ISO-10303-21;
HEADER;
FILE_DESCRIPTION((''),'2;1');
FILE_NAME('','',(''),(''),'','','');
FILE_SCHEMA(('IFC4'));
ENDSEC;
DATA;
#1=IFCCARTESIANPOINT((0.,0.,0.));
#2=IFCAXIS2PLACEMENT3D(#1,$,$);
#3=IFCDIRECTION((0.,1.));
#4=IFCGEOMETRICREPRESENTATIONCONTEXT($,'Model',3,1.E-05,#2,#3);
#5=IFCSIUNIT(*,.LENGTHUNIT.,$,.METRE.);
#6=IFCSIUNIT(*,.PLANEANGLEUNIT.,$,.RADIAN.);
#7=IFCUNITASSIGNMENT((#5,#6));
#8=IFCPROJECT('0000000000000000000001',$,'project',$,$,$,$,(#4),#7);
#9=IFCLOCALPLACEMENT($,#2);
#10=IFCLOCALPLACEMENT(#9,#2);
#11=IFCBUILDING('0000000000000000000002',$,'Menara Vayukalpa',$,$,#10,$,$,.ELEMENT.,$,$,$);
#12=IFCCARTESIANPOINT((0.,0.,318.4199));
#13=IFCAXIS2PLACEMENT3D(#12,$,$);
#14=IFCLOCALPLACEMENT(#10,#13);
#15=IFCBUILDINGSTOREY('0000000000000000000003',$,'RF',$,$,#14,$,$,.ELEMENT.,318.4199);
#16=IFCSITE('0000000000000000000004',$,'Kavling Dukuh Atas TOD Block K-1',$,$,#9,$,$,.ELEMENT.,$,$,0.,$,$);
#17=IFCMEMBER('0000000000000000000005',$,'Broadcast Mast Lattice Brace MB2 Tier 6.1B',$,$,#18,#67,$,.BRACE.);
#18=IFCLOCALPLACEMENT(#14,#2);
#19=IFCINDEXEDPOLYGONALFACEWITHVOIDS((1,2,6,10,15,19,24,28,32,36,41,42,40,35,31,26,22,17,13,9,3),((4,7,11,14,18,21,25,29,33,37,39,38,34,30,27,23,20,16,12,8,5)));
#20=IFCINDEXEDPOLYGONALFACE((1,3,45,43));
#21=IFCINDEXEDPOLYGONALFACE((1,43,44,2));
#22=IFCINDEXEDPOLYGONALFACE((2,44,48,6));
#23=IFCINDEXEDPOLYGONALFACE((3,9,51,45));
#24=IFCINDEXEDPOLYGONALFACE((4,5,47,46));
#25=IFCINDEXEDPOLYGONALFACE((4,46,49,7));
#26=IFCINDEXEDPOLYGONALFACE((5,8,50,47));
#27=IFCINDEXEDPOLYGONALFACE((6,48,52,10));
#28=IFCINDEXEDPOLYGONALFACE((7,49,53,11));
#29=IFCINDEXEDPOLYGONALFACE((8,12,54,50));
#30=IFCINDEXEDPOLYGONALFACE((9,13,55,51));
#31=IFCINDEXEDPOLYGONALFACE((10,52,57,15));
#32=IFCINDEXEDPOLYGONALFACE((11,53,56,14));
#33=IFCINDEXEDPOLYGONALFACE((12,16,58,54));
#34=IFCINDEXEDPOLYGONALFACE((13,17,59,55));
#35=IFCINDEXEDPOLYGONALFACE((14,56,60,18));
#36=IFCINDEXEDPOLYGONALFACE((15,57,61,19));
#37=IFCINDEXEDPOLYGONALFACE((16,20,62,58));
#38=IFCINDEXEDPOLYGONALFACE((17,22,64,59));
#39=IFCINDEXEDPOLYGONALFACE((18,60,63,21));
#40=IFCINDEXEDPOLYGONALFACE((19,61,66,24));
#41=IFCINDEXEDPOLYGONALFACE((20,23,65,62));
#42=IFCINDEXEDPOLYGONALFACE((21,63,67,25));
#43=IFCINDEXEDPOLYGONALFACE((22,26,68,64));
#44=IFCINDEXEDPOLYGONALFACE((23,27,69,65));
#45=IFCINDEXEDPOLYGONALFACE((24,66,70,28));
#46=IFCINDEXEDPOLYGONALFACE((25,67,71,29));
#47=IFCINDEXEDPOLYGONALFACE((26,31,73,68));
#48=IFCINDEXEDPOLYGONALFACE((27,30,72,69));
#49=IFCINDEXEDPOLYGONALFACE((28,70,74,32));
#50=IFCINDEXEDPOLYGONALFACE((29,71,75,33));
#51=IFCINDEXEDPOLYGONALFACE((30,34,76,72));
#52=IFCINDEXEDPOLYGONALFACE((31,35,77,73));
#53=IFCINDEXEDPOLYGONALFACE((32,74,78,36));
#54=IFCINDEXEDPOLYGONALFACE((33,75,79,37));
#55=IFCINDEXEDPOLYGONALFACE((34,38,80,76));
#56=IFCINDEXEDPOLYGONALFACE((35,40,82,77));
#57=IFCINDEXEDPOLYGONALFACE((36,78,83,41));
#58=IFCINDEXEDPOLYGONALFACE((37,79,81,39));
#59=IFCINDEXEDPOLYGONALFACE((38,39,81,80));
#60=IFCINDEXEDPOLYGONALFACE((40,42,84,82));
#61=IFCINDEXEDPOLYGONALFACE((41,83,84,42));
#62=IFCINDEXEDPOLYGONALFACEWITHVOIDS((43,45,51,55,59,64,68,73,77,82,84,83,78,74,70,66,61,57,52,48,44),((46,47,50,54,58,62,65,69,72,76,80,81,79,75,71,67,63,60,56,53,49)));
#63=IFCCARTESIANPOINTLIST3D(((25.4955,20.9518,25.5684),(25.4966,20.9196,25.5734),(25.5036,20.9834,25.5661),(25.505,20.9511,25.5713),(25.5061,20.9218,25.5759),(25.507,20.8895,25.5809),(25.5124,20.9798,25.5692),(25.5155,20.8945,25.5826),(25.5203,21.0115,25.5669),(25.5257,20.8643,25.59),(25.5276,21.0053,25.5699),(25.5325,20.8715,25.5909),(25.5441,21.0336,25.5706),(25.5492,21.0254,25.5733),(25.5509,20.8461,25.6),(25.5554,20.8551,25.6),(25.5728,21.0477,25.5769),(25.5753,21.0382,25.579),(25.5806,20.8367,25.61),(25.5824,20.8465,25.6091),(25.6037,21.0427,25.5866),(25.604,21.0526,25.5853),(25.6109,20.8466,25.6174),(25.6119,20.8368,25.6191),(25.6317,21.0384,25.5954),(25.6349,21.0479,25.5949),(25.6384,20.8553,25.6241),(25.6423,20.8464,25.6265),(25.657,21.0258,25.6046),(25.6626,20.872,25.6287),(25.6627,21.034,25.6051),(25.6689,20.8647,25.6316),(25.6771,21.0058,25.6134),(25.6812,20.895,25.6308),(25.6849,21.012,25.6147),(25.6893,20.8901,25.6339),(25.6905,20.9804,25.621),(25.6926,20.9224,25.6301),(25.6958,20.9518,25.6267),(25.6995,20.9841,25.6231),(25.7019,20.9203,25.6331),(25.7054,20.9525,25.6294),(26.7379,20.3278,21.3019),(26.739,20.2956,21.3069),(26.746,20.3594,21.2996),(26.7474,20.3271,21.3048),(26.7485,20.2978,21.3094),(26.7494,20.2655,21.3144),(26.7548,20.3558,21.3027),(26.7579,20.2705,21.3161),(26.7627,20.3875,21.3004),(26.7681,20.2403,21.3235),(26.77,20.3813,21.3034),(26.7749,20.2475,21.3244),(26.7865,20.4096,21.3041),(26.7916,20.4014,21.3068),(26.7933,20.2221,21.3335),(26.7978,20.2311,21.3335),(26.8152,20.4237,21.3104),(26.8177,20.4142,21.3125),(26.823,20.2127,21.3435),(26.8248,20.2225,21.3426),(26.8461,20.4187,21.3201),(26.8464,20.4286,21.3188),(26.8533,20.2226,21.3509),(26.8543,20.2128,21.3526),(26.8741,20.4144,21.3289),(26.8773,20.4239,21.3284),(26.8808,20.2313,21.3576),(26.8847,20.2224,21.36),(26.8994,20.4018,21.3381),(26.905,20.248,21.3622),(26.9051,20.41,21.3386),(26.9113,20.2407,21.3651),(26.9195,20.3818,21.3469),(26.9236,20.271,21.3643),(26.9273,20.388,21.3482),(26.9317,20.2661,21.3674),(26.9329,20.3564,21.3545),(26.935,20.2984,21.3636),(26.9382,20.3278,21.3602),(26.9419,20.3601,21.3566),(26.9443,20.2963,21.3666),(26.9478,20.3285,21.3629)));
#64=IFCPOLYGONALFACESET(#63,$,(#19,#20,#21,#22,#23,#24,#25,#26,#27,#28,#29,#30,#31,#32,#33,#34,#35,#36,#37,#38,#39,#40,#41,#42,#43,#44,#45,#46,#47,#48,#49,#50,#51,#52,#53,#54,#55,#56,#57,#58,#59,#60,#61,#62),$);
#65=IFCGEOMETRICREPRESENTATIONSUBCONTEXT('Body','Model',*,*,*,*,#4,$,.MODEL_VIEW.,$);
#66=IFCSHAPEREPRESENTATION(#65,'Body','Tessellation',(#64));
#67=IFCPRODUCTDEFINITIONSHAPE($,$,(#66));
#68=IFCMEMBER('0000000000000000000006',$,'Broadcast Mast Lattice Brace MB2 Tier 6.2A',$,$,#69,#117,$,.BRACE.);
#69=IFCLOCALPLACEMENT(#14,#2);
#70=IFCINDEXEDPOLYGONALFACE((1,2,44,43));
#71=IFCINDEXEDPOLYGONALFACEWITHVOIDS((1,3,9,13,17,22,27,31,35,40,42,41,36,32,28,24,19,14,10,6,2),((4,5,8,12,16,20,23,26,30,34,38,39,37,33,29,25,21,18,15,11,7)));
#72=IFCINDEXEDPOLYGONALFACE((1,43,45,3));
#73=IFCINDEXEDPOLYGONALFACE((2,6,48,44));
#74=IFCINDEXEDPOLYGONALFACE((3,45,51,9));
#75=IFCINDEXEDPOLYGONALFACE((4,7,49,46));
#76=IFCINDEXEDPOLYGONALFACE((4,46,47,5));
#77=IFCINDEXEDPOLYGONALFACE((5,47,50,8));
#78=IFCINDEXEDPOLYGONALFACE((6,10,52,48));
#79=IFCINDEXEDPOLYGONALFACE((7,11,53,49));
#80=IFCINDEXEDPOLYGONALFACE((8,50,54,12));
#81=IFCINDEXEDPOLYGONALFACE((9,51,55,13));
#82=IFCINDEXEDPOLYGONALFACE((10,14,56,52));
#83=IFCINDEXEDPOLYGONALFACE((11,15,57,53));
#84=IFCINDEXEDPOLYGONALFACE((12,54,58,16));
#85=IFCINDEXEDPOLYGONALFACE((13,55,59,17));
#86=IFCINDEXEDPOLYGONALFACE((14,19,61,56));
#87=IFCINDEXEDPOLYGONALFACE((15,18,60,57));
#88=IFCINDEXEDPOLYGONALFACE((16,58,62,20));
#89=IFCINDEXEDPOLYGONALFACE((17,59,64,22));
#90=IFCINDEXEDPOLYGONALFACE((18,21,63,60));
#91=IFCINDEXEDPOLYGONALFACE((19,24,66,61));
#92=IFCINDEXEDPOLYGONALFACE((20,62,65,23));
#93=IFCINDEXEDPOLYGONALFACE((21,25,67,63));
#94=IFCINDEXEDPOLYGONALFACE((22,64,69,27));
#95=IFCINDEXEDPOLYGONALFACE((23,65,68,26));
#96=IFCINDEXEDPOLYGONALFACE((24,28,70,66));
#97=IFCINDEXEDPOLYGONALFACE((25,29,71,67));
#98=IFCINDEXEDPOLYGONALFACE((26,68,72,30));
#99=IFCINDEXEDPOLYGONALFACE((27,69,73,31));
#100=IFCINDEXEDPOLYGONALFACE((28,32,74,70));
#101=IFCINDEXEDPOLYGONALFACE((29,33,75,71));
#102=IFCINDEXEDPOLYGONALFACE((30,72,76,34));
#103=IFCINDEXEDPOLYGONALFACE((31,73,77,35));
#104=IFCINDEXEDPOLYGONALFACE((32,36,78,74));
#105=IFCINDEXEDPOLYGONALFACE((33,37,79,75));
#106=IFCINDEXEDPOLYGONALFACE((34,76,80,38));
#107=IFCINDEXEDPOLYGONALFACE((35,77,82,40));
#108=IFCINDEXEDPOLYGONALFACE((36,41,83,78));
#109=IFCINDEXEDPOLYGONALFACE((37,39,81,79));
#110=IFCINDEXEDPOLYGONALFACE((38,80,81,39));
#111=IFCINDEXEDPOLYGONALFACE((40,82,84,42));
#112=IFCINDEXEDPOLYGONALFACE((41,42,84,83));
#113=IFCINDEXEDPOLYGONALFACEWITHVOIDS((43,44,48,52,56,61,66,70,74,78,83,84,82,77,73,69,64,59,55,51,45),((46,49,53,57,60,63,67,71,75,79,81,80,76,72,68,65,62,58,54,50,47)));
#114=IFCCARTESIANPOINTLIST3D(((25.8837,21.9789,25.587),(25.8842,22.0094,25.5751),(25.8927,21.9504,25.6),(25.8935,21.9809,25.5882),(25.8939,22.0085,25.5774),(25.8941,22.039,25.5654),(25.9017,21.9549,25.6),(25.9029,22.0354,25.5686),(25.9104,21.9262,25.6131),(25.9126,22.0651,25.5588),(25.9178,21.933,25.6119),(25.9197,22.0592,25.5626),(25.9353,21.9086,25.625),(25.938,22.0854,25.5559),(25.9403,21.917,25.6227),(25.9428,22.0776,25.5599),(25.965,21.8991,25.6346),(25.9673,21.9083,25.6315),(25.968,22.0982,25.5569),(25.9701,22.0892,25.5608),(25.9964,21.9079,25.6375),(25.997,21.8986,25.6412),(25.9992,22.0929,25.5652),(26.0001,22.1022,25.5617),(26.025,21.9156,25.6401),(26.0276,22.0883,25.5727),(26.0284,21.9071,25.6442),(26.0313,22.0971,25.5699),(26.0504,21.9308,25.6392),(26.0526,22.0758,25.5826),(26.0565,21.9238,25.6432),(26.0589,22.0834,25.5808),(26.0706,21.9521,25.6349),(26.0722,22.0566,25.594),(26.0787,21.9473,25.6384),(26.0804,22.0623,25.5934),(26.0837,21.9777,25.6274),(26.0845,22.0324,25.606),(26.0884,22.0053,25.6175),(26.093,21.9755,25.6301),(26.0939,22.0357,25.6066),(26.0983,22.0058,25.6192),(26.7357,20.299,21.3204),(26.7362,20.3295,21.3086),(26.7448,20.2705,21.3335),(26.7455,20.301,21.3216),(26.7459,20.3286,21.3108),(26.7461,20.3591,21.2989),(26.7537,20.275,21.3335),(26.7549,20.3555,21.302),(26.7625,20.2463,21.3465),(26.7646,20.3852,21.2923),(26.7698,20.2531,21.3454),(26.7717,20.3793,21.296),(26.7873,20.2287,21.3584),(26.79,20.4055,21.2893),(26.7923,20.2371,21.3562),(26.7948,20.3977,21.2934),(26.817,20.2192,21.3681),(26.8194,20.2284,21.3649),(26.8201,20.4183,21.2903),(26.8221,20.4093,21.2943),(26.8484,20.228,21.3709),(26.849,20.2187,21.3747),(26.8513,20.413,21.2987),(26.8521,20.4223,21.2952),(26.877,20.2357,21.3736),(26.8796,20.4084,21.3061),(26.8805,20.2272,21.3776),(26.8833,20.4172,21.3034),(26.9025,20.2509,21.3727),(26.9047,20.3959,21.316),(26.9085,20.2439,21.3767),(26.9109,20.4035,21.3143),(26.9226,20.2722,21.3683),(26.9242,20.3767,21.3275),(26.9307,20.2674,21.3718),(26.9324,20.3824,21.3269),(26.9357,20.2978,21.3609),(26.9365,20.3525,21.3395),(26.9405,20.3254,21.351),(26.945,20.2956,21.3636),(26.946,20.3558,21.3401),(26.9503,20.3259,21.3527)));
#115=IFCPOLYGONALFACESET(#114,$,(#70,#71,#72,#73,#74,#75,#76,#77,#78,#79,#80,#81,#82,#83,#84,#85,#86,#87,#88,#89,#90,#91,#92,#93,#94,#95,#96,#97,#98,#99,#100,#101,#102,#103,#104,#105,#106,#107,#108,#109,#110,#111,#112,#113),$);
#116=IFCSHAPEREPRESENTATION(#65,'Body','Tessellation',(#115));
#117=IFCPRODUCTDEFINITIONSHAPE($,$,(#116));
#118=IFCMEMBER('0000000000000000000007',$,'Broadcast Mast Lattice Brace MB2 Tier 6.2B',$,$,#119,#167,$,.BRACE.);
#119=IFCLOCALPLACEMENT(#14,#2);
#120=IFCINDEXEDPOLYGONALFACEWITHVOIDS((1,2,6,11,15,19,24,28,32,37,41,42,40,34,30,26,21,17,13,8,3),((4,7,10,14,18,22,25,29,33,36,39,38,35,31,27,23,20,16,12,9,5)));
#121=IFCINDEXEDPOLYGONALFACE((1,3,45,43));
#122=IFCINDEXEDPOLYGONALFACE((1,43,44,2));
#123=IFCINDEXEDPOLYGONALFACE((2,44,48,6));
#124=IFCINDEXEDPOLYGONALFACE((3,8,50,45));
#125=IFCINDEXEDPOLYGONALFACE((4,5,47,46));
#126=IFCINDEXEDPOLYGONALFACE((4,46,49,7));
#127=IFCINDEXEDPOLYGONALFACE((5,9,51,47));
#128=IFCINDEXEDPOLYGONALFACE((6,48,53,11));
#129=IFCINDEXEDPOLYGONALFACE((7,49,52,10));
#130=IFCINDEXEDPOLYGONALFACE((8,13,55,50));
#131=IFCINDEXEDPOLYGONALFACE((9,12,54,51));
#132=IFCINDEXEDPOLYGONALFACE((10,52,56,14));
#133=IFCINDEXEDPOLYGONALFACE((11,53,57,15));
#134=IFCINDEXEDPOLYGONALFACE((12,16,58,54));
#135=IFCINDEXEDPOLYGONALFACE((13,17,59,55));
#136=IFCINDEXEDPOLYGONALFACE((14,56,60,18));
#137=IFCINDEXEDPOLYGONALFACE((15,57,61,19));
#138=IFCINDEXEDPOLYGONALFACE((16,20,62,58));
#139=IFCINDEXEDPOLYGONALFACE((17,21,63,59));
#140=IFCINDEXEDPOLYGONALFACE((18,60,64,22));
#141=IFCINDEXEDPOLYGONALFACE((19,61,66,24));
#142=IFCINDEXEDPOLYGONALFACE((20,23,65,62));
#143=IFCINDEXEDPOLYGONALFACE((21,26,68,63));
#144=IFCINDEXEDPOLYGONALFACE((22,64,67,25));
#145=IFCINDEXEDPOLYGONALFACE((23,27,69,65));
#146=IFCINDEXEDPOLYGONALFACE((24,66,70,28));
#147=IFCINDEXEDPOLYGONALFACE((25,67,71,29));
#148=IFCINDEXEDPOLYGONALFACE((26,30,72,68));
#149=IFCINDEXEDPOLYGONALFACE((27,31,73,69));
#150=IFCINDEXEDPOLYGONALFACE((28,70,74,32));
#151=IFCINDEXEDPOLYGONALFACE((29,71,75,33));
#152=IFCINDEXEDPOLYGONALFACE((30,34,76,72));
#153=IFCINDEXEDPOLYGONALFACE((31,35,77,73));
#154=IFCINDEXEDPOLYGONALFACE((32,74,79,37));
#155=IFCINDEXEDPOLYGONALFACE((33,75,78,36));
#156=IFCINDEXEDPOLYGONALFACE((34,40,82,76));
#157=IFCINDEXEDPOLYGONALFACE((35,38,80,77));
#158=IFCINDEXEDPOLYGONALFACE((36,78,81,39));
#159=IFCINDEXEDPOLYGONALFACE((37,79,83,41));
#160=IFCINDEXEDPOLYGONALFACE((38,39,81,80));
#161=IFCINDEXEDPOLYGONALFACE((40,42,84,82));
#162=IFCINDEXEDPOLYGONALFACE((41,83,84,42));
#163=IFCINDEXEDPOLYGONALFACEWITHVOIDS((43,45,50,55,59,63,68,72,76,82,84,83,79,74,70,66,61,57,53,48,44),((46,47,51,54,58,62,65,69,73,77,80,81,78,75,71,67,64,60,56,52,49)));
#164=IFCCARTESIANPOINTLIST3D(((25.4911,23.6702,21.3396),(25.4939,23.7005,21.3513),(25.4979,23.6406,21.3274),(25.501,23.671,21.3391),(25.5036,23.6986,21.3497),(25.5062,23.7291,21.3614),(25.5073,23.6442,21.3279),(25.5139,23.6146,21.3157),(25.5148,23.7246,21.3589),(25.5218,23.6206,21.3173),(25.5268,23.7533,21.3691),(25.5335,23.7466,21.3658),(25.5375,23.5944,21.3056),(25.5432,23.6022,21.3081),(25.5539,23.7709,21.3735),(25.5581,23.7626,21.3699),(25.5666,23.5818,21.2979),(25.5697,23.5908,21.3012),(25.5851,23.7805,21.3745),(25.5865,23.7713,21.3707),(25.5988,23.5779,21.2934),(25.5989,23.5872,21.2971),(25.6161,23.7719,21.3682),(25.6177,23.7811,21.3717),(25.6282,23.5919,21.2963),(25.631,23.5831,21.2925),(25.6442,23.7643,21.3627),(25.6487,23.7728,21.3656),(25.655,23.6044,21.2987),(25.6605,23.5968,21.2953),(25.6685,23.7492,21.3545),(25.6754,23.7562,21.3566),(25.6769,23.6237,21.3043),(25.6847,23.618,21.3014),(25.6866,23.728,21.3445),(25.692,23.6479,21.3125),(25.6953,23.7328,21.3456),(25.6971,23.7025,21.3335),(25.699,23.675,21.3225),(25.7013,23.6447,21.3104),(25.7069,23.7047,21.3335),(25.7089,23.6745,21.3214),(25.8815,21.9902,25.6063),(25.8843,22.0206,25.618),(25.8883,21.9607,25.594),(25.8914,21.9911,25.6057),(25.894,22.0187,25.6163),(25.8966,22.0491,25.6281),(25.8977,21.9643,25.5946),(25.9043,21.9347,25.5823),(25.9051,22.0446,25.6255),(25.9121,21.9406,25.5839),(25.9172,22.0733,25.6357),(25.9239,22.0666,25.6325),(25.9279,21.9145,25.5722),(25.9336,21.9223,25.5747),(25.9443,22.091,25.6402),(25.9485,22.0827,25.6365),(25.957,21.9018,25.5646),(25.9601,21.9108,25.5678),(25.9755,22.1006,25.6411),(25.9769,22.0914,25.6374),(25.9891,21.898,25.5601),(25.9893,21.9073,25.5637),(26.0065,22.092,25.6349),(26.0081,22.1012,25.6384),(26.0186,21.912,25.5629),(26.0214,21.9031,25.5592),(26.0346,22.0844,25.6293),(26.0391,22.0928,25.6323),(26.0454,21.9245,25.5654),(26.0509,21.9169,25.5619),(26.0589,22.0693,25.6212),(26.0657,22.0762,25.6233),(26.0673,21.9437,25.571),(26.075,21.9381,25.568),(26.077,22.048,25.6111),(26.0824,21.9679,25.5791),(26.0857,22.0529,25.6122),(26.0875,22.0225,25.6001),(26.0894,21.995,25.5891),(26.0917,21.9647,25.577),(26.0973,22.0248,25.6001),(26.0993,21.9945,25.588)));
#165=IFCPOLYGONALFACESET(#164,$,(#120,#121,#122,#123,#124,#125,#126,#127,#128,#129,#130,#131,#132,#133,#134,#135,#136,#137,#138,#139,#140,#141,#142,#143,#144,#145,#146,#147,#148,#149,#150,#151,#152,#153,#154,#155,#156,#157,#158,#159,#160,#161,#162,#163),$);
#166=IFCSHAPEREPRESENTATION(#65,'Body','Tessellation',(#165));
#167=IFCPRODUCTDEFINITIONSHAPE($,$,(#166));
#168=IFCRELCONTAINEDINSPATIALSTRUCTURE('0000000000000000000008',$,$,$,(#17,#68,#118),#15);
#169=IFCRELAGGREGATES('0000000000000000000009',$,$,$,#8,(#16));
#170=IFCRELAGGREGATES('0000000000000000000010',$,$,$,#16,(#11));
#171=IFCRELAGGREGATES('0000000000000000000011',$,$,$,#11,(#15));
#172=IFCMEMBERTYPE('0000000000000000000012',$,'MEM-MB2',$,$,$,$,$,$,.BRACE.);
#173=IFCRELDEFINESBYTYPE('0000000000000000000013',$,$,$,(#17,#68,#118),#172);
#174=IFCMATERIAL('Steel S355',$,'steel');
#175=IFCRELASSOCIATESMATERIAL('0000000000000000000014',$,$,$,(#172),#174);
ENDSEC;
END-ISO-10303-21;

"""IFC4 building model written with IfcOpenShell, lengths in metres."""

from ifc_helpers import new_model, si_unit, direction, frame, origin, origin_2d, place, context, subcontext, project, spatial, hollow_circle, extrude, material, material_profile, profile_set, type_object, element, save


model = new_model("IFC4")

# Units and contexts
model_context = context("Model", 3, precision=1e-05, world=origin(), true_north=direction((0.0, 1.0)))
body_context = subcontext(model_context, "Body", "Model", "MODEL_VIEW")
ifc_project = project(units=[si_unit("LENGTHUNIT", "METRE"), si_unit("PLANEANGLEUNIT", "RADIAN")], contexts=[model_context])

# Site, building, storey
site_placement = place(None, origin())
site = spatial("IfcSite", under=ifc_project, at=site_placement, Name="Kavling Dukuh Atas TOD Block K-1", CompositionType="ELEMENT", RefElevation=0.0)
building_placement = place(site_placement, origin())
building = spatial("IfcBuilding", under=site, at=building_placement, Name="Menara Vayukalpa", CompositionType="ELEMENT")
storey_placement = place(building_placement, frame((0.0, 0.0, 318.4199)))
storey = spatial("IfcBuildingStorey", under=building, at=storey_placement, Name="RF", CompositionType="ELEMENT", Elevation=318.4199)

# Members
ifc_material_1 = material(Name="Steel S355", Category="steel")
ifc_material_profile_1 = material_profile(ifc_material_1, hollow_circle(Radius=0.1096, WallThickness=0.01, at=origin_2d()), Name="CHS 219.1x10")
ifc_profile_set_1 = profile_set([ifc_material_profile_1], Name="Steel S355")
member_type_1 = type_object("IfcMemberType", Name="MEM-MB2", PredefinedType="BRACE", material=ifc_profile_set_1)
member_1_placement = place(storey_placement, frame((26.8425, 20.3201, 21.3335), z_axis=(-0.27687, 0.139061, 0.950792), x_axis=(-0.448828, -0.893618, 0.0)))
element("IfcMember", 1, at=member_1_placement, inside=storey, type_object=member_type_1, Name="Broadcast Mast Lattice Brace MB2 Tier 6.1B", PredefinedType="BRACE", context=body_context, shape_type="SweptSolid", body=[
    extrude(hollow_circle(Radius=0.1096, WallThickness=0.01, at=origin_2d()), origin(), (0.0, 0.0, 1.0), 4.4873),
])
member_2_placement = place(storey_placement, frame((26.8425, 20.3201, 21.3335), z_axis=(-0.18269, 0.360198, 0.914812), x_axis=(-0.891846, -0.452339, 0.0)))
element("IfcMember", 2, at=member_2_placement, inside=storey, type_object=member_type_1, Name="Broadcast Mast Lattice Brace MB2 Tier 6.2A", PredefinedType="BRACE", context=body_context, shape_type="SweptSolid", body=[
    extrude(hollow_circle(Radius=0.1096, WallThickness=0.01, at=origin_2d()), origin(), (0.0, 0.0, 1.0), 4.6638),
])
for number, where, z_axis, x_axis, name in (
    (3, (25.6001, 23.6799, 21.3335), (0.084828, -0.365043, 0.927118), (0.974047, 0.226348, 0.0), "Broadcast Mast Lattice Brace MB2 Tier 6.2B"),
):
    element("IfcMember", number, at=place(storey_placement, frame(where, z_axis=z_axis, x_axis=x_axis)), inside=storey, type_object=member_type_1, Name=name, PredefinedType="BRACE", context=body_context, shape_type="SweptSolid", body=[
        extrude(hollow_circle(Radius=0.1096, WallThickness=0.01, at=origin_2d()), origin(), (0.0, 0.0, 1.0), 4.6021),
    ])

save(model, "model.ifc")
